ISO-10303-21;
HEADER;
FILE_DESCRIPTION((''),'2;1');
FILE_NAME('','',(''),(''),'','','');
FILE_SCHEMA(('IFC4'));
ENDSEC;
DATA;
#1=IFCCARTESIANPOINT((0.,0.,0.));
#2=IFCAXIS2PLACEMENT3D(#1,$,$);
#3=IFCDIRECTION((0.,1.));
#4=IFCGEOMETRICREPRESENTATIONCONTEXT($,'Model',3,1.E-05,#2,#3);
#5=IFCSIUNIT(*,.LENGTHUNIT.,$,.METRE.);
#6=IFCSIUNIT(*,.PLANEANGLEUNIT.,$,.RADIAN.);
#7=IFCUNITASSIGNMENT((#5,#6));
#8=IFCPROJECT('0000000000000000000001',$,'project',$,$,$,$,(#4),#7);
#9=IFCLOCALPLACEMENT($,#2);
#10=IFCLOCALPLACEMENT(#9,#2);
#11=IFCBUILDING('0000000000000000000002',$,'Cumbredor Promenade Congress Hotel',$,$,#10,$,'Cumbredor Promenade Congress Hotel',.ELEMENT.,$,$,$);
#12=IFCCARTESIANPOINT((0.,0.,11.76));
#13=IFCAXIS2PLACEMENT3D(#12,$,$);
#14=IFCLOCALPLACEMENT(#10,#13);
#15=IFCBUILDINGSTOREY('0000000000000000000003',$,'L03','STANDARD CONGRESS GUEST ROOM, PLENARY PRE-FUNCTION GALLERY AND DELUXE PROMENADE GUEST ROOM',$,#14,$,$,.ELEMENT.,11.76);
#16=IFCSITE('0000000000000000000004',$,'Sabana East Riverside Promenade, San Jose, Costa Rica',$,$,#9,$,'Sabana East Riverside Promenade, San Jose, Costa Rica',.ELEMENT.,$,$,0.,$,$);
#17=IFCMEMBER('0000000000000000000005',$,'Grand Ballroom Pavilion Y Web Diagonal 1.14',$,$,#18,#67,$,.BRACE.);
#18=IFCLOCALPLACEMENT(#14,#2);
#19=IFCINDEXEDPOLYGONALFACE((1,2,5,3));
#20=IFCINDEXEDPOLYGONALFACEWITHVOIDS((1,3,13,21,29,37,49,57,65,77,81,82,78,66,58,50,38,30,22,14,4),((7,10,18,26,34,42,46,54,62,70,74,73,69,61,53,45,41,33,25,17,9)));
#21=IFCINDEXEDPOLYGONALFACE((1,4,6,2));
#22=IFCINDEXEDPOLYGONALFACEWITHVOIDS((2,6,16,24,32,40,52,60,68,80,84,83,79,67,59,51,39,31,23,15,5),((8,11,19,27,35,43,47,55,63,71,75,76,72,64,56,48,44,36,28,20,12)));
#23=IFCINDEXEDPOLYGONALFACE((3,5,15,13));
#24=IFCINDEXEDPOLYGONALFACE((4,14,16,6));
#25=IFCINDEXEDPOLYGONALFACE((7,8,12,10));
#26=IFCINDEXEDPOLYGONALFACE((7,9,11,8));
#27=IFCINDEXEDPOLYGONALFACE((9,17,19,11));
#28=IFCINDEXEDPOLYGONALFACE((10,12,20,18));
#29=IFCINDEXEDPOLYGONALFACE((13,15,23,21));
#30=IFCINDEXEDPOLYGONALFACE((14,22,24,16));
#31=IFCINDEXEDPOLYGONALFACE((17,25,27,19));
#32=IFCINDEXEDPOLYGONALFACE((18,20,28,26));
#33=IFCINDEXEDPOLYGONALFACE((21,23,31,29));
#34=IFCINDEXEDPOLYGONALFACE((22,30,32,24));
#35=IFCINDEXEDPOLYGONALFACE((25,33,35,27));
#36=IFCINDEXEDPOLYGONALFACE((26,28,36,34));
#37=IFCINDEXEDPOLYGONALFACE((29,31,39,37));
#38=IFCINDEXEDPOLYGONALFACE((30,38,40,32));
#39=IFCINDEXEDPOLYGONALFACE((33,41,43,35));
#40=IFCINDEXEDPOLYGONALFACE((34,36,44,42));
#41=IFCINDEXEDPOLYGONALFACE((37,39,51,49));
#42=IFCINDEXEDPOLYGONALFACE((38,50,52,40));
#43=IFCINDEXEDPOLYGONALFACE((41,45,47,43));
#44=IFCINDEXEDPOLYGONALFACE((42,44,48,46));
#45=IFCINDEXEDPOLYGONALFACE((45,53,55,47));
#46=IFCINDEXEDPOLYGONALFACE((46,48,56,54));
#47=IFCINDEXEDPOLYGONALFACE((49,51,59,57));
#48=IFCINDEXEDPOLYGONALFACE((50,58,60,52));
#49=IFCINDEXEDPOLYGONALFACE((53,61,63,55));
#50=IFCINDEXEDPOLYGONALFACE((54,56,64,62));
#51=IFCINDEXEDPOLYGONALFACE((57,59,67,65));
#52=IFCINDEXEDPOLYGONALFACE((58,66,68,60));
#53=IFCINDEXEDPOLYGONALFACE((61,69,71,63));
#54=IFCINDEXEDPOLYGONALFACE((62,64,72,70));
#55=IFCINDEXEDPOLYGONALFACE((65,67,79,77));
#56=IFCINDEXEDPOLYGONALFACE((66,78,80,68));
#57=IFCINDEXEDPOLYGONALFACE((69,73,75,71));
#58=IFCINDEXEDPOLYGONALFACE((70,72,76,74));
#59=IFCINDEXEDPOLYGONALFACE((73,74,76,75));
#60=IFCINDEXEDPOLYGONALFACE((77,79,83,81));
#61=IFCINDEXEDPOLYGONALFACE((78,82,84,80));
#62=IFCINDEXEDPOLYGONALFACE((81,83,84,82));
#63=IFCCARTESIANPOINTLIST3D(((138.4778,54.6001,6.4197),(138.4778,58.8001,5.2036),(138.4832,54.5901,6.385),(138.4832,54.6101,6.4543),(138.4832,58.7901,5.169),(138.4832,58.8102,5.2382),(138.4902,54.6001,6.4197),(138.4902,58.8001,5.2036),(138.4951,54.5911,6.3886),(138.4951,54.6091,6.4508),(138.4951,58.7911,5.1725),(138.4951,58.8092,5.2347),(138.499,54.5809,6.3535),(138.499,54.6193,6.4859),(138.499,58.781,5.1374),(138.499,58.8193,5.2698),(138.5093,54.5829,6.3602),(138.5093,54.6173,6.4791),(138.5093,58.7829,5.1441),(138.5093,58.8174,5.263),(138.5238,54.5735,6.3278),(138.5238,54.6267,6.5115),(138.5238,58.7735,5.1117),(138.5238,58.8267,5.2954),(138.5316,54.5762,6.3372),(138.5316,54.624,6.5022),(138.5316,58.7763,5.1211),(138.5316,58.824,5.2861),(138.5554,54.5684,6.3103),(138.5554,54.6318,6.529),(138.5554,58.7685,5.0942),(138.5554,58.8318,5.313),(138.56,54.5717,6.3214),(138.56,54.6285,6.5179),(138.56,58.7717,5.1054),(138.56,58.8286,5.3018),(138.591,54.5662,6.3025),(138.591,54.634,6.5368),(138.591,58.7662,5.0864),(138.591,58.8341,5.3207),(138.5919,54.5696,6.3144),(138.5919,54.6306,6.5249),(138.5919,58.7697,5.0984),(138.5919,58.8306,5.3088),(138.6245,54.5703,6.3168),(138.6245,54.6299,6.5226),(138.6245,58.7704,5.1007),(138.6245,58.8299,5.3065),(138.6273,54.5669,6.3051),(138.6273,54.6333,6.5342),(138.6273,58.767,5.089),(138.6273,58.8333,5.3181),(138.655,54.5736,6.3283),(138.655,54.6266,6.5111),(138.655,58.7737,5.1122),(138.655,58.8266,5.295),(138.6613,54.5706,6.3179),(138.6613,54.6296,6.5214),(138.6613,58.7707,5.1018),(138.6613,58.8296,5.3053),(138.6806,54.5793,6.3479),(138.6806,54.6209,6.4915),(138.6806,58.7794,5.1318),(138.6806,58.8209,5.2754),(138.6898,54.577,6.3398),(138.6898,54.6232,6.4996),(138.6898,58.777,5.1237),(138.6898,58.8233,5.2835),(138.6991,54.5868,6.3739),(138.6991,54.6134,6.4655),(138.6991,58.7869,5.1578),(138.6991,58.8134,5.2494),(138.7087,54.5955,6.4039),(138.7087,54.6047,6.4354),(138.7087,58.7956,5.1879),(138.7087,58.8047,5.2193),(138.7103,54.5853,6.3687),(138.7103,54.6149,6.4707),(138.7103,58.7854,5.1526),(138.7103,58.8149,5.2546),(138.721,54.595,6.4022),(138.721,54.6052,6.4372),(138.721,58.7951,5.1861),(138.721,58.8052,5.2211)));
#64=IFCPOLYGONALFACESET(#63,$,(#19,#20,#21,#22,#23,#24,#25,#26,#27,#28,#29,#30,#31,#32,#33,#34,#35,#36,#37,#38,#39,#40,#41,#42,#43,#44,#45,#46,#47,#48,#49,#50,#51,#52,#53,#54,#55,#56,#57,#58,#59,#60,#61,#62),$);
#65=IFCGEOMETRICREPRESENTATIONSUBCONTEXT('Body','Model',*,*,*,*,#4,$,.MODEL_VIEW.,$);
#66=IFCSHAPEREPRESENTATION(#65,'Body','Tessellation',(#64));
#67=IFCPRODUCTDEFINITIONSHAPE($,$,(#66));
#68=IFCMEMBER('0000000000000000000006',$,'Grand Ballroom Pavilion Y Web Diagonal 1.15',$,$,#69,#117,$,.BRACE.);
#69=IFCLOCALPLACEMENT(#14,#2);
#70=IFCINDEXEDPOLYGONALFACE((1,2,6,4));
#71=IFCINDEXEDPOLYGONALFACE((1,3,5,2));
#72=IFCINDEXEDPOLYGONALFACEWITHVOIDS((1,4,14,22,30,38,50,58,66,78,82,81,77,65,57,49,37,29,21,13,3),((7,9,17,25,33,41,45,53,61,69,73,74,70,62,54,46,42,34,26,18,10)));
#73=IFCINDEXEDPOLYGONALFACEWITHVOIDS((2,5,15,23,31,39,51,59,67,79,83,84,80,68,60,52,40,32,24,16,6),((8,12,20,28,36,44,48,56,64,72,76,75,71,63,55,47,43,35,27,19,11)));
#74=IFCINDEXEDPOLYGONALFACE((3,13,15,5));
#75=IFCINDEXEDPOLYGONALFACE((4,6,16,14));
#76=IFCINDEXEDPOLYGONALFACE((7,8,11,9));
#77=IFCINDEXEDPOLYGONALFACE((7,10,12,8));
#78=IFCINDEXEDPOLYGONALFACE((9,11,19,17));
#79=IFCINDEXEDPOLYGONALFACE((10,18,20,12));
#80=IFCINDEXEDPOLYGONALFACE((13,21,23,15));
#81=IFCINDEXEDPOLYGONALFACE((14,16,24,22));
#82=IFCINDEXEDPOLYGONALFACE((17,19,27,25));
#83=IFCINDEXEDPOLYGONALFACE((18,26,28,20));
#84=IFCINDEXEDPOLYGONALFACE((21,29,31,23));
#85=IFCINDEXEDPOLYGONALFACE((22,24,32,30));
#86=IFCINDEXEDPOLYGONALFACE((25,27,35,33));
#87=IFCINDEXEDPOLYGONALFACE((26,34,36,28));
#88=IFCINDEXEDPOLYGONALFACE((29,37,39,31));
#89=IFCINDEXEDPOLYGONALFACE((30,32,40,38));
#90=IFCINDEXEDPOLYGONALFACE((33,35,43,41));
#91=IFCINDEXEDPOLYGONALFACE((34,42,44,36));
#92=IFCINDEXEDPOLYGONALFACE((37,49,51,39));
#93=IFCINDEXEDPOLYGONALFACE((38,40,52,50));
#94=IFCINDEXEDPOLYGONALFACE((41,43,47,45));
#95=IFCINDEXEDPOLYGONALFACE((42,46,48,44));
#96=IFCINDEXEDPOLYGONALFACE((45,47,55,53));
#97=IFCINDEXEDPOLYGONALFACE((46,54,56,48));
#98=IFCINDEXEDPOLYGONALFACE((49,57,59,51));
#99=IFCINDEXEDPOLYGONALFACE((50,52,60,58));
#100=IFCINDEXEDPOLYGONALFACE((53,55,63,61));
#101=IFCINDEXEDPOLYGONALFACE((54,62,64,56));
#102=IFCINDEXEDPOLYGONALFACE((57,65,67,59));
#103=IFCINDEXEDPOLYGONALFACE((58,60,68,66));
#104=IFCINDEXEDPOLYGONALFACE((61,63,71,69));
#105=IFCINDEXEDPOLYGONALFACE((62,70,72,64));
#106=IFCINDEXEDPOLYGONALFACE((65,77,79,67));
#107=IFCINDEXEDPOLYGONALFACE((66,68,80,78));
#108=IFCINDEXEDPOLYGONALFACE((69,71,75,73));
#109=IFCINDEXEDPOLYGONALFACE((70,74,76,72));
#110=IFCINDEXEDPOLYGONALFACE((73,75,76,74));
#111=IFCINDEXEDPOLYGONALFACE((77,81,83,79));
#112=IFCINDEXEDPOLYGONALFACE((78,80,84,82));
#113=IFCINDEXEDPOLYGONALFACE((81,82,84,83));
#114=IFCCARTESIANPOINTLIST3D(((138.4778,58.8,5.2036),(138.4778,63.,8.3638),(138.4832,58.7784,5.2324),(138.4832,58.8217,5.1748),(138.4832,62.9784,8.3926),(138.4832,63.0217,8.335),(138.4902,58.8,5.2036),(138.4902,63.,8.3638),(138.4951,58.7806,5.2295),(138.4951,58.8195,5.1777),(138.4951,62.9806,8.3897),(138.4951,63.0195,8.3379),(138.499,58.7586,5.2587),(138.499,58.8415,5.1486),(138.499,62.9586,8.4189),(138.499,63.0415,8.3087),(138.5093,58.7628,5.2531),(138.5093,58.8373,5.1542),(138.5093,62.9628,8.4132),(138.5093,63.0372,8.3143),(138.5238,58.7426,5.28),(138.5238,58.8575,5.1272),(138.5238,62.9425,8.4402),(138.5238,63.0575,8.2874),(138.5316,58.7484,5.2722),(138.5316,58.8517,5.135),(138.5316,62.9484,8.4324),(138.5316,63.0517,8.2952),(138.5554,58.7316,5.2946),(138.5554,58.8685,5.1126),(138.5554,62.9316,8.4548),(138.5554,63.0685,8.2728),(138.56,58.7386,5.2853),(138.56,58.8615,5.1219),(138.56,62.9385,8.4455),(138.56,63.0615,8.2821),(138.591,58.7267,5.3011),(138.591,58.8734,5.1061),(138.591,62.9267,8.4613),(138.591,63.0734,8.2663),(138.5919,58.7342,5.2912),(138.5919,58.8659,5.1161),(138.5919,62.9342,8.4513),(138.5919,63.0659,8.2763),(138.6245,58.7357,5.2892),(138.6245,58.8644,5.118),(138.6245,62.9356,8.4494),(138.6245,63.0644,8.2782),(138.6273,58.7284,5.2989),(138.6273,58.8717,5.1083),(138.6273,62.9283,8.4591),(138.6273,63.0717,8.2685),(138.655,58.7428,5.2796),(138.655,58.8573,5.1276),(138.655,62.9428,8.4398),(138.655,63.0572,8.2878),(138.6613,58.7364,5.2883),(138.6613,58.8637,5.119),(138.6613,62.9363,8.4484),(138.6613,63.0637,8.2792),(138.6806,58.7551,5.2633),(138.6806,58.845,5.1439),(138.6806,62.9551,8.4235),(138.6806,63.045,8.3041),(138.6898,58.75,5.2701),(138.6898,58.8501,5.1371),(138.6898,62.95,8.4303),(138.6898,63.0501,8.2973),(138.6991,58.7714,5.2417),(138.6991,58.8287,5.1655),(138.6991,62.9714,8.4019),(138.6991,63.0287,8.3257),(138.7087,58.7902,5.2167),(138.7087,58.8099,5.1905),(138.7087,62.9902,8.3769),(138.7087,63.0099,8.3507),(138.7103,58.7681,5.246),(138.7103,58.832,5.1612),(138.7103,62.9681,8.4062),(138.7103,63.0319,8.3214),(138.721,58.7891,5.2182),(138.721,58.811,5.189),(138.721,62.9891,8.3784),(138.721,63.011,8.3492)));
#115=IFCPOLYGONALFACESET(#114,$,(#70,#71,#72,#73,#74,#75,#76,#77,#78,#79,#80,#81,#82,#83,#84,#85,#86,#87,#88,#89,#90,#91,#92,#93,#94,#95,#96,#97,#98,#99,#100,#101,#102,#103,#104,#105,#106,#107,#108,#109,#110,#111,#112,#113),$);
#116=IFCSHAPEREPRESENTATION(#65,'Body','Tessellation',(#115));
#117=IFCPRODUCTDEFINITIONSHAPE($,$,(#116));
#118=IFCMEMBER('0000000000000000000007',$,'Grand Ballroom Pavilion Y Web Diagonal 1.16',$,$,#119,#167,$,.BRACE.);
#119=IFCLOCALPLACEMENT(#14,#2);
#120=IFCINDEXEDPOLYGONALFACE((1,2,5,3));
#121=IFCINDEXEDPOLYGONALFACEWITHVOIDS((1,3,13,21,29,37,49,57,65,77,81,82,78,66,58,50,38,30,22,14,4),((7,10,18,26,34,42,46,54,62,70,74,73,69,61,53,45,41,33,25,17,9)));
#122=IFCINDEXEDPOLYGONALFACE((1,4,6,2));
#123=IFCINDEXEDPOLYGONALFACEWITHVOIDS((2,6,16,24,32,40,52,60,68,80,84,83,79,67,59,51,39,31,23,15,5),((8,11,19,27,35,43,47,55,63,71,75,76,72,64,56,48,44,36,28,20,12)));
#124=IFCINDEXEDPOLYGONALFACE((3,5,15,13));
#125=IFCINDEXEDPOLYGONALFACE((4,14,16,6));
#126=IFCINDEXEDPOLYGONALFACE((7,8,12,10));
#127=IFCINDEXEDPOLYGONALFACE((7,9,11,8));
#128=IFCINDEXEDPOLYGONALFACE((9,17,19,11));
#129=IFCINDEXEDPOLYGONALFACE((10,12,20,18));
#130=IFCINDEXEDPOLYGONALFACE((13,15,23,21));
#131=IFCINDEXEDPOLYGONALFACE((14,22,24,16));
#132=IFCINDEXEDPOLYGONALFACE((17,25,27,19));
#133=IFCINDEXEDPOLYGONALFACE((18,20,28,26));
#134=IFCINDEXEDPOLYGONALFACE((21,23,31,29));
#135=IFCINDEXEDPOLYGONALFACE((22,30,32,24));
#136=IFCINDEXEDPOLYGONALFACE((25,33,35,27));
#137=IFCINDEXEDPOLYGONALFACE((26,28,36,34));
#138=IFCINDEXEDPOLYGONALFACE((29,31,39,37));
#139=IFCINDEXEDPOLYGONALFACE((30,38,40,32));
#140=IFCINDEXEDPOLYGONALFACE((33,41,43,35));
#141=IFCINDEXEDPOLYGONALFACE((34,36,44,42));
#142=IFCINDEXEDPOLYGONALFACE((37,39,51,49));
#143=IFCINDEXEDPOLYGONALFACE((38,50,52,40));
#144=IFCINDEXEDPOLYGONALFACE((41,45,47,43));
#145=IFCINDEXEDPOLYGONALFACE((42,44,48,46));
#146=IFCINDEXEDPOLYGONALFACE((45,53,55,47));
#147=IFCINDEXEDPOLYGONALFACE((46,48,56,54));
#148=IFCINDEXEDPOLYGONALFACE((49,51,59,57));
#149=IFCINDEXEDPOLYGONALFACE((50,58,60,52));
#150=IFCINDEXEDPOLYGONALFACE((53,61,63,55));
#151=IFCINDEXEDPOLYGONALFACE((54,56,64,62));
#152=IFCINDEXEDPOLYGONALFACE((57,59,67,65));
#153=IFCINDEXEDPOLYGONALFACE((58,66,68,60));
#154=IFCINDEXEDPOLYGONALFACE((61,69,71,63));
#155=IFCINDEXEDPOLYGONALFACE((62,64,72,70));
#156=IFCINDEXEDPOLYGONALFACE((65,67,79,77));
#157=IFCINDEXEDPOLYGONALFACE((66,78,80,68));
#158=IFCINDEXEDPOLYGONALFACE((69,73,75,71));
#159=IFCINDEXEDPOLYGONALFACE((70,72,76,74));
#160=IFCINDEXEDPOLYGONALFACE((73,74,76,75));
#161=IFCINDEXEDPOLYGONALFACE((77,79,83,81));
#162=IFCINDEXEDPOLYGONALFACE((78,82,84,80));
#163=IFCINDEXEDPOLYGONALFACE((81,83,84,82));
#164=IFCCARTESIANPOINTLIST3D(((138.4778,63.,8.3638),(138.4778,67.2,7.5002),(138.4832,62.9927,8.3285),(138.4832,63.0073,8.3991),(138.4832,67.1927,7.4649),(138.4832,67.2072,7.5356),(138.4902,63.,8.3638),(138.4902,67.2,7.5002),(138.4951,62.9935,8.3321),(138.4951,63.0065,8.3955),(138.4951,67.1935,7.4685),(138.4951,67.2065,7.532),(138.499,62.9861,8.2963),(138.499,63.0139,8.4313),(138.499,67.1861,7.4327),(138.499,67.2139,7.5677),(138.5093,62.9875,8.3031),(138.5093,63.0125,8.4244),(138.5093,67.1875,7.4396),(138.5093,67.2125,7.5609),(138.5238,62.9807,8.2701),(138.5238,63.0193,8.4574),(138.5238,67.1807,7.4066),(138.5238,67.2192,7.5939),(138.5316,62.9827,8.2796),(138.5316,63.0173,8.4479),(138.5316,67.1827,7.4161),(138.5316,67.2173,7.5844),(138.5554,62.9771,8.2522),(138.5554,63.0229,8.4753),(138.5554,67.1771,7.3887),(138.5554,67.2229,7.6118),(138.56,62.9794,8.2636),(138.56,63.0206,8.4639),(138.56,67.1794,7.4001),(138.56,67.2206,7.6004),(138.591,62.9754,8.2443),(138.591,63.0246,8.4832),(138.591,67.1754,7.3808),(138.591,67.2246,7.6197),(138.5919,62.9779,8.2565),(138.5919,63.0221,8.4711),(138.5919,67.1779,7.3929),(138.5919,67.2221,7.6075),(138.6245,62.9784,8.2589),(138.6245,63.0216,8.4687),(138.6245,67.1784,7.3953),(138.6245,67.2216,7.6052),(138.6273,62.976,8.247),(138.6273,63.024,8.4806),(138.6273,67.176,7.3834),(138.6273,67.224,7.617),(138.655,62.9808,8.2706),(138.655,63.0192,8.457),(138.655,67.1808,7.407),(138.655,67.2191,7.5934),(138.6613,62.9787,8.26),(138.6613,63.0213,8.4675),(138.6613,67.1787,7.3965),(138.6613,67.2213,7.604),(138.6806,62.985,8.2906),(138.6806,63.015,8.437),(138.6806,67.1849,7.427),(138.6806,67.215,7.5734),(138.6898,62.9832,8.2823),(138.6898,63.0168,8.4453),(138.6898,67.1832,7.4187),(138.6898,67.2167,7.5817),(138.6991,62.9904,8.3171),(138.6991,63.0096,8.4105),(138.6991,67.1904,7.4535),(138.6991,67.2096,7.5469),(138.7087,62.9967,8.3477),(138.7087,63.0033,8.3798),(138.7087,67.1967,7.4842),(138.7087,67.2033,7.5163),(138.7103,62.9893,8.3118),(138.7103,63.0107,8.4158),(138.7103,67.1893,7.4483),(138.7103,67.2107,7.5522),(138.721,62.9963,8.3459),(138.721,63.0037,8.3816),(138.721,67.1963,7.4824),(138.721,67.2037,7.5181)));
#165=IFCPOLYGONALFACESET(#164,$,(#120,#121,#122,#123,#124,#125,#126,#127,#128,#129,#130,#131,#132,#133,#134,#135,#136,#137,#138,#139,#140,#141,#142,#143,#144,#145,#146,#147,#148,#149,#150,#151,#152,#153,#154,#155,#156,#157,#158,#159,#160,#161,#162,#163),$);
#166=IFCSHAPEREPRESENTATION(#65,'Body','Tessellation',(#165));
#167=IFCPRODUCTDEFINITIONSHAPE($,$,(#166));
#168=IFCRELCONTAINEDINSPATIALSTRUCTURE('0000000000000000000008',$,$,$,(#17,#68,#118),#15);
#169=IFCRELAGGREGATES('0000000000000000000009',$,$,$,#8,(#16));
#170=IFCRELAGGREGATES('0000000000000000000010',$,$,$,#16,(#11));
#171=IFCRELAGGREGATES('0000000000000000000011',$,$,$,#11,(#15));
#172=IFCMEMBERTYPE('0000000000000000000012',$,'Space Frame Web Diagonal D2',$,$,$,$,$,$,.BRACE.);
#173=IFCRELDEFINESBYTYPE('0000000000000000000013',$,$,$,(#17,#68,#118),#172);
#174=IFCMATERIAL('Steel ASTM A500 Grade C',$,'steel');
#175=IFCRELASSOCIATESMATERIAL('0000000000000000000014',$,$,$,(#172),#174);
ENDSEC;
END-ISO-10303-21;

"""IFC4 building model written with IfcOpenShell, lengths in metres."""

from ifc_helpers import new_model, si_unit, direction, frame, origin, origin_2d, place, context, subcontext, project, spatial, hollow_circle, extrude, material, material_profile, profile_set, type_object, element, save


model = new_model("IFC4")

# Units and contexts
model_context = context("Model", 3, precision=1e-05, world=origin(), true_north=direction((0.0, 1.0)))
body_context = subcontext(model_context, "Body", "Model", "MODEL_VIEW")
ifc_project = project(units=[si_unit("LENGTHUNIT", "METRE"), si_unit("PLANEANGLEUNIT", "RADIAN")], contexts=[model_context])

# Site, building, storey
site_placement = place(None, origin())
site = spatial("IfcSite", under=ifc_project, at=site_placement, Name="Sabana East Riverside Promenade, San Jose, Costa Rica", LongName="Sabana East Riverside Promenade, San Jose, Costa Rica", CompositionType="ELEMENT", RefElevation=0.0)
building_placement = place(site_placement, origin())
building = spatial("IfcBuilding", under=site, at=building_placement, Name="Cumbredor Promenade Congress Hotel", LongName="Cumbredor Promenade Congress Hotel", CompositionType="ELEMENT")
storey_placement = place(building_placement, frame((0.0, 0.0, 11.76)))
storey = spatial("IfcBuildingStorey", under=building, at=storey_placement, Name="L03", Description="STANDARD CONGRESS GUEST ROOM, PLENARY PRE-FUNCTION GALLERY AND DELUXE PROMENADE GUEST ROOM", CompositionType="ELEMENT", Elevation=11.76)

# Members
ifc_material_1 = material(Name="Steel ASTM A500 Grade C", Category="steel")
ifc_material_profile_1 = material_profile(ifc_material_1, hollow_circle(Radius=0.1223, WallThickness=0.0125, at=origin_2d()), Name="CHS 244.5x12.5")
ifc_profile_set_1 = profile_set([ifc_material_profile_1], Name="Steel ASTM A500 Grade C")
member_type_1 = type_object("IfcMemberType", Name="Space Frame Web Diagonal D2", PredefinedType="BRACE", material=ifc_profile_set_1)
member_1_placement = place(storey_placement, frame((138.6001, 54.6001, 6.4197), z_axis=(0.0, 0.960547, -0.278119), x_axis=(-1.0, 0.0, 0.0)))
element("IfcMember", 1, at=member_1_placement, inside=storey, type_object=member_type_1, Name="Grand Ballroom Pavilion Y Web Diagonal 1.14", PredefinedType="BRACE", context=body_context, shape_type="SweptSolid", body=[
    extrude(hollow_circle(Radius=0.1223, WallThickness=0.0125, at=origin_2d()), origin(), (0.0, 0.0, 1.0), 4.3726),
])
member_2_placement = place(storey_placement, frame((138.6001, 58.8, 5.2036), z_axis=(0.0, 0.799068, 0.60124), x_axis=(-1.0, 0.0, 0.0)))
element("IfcMember", 2, at=member_2_placement, inside=storey, type_object=member_type_1, Name="Grand Ballroom Pavilion Y Web Diagonal 1.15", PredefinedType="BRACE", context=body_context, shape_type="SweptSolid", body=[
    extrude(hollow_circle(Radius=0.1223, WallThickness=0.0125, at=origin_2d()), origin(), (0.0, 0.0, 1.0), 5.2561),
])
member_3_placement = place(storey_placement, frame((138.6001, 63.0, 8.3638), z_axis=(0.0, 0.979511, -0.201391), x_axis=(-1.0, 0.0, 0.0)))
element("IfcMember", 3, at=member_3_placement, inside=storey, type_object=member_type_1, Name="Grand Ballroom Pavilion Y Web Diagonal 1.16", PredefinedType="BRACE", context=body_context, shape_type="SweptSolid", body=[
    extrude(hollow_circle(Radius=0.1223, WallThickness=0.0125, at=origin_2d()), origin(), (0.0, 0.0, 1.0), 4.2878),
])

save(model, "model.ifc")
